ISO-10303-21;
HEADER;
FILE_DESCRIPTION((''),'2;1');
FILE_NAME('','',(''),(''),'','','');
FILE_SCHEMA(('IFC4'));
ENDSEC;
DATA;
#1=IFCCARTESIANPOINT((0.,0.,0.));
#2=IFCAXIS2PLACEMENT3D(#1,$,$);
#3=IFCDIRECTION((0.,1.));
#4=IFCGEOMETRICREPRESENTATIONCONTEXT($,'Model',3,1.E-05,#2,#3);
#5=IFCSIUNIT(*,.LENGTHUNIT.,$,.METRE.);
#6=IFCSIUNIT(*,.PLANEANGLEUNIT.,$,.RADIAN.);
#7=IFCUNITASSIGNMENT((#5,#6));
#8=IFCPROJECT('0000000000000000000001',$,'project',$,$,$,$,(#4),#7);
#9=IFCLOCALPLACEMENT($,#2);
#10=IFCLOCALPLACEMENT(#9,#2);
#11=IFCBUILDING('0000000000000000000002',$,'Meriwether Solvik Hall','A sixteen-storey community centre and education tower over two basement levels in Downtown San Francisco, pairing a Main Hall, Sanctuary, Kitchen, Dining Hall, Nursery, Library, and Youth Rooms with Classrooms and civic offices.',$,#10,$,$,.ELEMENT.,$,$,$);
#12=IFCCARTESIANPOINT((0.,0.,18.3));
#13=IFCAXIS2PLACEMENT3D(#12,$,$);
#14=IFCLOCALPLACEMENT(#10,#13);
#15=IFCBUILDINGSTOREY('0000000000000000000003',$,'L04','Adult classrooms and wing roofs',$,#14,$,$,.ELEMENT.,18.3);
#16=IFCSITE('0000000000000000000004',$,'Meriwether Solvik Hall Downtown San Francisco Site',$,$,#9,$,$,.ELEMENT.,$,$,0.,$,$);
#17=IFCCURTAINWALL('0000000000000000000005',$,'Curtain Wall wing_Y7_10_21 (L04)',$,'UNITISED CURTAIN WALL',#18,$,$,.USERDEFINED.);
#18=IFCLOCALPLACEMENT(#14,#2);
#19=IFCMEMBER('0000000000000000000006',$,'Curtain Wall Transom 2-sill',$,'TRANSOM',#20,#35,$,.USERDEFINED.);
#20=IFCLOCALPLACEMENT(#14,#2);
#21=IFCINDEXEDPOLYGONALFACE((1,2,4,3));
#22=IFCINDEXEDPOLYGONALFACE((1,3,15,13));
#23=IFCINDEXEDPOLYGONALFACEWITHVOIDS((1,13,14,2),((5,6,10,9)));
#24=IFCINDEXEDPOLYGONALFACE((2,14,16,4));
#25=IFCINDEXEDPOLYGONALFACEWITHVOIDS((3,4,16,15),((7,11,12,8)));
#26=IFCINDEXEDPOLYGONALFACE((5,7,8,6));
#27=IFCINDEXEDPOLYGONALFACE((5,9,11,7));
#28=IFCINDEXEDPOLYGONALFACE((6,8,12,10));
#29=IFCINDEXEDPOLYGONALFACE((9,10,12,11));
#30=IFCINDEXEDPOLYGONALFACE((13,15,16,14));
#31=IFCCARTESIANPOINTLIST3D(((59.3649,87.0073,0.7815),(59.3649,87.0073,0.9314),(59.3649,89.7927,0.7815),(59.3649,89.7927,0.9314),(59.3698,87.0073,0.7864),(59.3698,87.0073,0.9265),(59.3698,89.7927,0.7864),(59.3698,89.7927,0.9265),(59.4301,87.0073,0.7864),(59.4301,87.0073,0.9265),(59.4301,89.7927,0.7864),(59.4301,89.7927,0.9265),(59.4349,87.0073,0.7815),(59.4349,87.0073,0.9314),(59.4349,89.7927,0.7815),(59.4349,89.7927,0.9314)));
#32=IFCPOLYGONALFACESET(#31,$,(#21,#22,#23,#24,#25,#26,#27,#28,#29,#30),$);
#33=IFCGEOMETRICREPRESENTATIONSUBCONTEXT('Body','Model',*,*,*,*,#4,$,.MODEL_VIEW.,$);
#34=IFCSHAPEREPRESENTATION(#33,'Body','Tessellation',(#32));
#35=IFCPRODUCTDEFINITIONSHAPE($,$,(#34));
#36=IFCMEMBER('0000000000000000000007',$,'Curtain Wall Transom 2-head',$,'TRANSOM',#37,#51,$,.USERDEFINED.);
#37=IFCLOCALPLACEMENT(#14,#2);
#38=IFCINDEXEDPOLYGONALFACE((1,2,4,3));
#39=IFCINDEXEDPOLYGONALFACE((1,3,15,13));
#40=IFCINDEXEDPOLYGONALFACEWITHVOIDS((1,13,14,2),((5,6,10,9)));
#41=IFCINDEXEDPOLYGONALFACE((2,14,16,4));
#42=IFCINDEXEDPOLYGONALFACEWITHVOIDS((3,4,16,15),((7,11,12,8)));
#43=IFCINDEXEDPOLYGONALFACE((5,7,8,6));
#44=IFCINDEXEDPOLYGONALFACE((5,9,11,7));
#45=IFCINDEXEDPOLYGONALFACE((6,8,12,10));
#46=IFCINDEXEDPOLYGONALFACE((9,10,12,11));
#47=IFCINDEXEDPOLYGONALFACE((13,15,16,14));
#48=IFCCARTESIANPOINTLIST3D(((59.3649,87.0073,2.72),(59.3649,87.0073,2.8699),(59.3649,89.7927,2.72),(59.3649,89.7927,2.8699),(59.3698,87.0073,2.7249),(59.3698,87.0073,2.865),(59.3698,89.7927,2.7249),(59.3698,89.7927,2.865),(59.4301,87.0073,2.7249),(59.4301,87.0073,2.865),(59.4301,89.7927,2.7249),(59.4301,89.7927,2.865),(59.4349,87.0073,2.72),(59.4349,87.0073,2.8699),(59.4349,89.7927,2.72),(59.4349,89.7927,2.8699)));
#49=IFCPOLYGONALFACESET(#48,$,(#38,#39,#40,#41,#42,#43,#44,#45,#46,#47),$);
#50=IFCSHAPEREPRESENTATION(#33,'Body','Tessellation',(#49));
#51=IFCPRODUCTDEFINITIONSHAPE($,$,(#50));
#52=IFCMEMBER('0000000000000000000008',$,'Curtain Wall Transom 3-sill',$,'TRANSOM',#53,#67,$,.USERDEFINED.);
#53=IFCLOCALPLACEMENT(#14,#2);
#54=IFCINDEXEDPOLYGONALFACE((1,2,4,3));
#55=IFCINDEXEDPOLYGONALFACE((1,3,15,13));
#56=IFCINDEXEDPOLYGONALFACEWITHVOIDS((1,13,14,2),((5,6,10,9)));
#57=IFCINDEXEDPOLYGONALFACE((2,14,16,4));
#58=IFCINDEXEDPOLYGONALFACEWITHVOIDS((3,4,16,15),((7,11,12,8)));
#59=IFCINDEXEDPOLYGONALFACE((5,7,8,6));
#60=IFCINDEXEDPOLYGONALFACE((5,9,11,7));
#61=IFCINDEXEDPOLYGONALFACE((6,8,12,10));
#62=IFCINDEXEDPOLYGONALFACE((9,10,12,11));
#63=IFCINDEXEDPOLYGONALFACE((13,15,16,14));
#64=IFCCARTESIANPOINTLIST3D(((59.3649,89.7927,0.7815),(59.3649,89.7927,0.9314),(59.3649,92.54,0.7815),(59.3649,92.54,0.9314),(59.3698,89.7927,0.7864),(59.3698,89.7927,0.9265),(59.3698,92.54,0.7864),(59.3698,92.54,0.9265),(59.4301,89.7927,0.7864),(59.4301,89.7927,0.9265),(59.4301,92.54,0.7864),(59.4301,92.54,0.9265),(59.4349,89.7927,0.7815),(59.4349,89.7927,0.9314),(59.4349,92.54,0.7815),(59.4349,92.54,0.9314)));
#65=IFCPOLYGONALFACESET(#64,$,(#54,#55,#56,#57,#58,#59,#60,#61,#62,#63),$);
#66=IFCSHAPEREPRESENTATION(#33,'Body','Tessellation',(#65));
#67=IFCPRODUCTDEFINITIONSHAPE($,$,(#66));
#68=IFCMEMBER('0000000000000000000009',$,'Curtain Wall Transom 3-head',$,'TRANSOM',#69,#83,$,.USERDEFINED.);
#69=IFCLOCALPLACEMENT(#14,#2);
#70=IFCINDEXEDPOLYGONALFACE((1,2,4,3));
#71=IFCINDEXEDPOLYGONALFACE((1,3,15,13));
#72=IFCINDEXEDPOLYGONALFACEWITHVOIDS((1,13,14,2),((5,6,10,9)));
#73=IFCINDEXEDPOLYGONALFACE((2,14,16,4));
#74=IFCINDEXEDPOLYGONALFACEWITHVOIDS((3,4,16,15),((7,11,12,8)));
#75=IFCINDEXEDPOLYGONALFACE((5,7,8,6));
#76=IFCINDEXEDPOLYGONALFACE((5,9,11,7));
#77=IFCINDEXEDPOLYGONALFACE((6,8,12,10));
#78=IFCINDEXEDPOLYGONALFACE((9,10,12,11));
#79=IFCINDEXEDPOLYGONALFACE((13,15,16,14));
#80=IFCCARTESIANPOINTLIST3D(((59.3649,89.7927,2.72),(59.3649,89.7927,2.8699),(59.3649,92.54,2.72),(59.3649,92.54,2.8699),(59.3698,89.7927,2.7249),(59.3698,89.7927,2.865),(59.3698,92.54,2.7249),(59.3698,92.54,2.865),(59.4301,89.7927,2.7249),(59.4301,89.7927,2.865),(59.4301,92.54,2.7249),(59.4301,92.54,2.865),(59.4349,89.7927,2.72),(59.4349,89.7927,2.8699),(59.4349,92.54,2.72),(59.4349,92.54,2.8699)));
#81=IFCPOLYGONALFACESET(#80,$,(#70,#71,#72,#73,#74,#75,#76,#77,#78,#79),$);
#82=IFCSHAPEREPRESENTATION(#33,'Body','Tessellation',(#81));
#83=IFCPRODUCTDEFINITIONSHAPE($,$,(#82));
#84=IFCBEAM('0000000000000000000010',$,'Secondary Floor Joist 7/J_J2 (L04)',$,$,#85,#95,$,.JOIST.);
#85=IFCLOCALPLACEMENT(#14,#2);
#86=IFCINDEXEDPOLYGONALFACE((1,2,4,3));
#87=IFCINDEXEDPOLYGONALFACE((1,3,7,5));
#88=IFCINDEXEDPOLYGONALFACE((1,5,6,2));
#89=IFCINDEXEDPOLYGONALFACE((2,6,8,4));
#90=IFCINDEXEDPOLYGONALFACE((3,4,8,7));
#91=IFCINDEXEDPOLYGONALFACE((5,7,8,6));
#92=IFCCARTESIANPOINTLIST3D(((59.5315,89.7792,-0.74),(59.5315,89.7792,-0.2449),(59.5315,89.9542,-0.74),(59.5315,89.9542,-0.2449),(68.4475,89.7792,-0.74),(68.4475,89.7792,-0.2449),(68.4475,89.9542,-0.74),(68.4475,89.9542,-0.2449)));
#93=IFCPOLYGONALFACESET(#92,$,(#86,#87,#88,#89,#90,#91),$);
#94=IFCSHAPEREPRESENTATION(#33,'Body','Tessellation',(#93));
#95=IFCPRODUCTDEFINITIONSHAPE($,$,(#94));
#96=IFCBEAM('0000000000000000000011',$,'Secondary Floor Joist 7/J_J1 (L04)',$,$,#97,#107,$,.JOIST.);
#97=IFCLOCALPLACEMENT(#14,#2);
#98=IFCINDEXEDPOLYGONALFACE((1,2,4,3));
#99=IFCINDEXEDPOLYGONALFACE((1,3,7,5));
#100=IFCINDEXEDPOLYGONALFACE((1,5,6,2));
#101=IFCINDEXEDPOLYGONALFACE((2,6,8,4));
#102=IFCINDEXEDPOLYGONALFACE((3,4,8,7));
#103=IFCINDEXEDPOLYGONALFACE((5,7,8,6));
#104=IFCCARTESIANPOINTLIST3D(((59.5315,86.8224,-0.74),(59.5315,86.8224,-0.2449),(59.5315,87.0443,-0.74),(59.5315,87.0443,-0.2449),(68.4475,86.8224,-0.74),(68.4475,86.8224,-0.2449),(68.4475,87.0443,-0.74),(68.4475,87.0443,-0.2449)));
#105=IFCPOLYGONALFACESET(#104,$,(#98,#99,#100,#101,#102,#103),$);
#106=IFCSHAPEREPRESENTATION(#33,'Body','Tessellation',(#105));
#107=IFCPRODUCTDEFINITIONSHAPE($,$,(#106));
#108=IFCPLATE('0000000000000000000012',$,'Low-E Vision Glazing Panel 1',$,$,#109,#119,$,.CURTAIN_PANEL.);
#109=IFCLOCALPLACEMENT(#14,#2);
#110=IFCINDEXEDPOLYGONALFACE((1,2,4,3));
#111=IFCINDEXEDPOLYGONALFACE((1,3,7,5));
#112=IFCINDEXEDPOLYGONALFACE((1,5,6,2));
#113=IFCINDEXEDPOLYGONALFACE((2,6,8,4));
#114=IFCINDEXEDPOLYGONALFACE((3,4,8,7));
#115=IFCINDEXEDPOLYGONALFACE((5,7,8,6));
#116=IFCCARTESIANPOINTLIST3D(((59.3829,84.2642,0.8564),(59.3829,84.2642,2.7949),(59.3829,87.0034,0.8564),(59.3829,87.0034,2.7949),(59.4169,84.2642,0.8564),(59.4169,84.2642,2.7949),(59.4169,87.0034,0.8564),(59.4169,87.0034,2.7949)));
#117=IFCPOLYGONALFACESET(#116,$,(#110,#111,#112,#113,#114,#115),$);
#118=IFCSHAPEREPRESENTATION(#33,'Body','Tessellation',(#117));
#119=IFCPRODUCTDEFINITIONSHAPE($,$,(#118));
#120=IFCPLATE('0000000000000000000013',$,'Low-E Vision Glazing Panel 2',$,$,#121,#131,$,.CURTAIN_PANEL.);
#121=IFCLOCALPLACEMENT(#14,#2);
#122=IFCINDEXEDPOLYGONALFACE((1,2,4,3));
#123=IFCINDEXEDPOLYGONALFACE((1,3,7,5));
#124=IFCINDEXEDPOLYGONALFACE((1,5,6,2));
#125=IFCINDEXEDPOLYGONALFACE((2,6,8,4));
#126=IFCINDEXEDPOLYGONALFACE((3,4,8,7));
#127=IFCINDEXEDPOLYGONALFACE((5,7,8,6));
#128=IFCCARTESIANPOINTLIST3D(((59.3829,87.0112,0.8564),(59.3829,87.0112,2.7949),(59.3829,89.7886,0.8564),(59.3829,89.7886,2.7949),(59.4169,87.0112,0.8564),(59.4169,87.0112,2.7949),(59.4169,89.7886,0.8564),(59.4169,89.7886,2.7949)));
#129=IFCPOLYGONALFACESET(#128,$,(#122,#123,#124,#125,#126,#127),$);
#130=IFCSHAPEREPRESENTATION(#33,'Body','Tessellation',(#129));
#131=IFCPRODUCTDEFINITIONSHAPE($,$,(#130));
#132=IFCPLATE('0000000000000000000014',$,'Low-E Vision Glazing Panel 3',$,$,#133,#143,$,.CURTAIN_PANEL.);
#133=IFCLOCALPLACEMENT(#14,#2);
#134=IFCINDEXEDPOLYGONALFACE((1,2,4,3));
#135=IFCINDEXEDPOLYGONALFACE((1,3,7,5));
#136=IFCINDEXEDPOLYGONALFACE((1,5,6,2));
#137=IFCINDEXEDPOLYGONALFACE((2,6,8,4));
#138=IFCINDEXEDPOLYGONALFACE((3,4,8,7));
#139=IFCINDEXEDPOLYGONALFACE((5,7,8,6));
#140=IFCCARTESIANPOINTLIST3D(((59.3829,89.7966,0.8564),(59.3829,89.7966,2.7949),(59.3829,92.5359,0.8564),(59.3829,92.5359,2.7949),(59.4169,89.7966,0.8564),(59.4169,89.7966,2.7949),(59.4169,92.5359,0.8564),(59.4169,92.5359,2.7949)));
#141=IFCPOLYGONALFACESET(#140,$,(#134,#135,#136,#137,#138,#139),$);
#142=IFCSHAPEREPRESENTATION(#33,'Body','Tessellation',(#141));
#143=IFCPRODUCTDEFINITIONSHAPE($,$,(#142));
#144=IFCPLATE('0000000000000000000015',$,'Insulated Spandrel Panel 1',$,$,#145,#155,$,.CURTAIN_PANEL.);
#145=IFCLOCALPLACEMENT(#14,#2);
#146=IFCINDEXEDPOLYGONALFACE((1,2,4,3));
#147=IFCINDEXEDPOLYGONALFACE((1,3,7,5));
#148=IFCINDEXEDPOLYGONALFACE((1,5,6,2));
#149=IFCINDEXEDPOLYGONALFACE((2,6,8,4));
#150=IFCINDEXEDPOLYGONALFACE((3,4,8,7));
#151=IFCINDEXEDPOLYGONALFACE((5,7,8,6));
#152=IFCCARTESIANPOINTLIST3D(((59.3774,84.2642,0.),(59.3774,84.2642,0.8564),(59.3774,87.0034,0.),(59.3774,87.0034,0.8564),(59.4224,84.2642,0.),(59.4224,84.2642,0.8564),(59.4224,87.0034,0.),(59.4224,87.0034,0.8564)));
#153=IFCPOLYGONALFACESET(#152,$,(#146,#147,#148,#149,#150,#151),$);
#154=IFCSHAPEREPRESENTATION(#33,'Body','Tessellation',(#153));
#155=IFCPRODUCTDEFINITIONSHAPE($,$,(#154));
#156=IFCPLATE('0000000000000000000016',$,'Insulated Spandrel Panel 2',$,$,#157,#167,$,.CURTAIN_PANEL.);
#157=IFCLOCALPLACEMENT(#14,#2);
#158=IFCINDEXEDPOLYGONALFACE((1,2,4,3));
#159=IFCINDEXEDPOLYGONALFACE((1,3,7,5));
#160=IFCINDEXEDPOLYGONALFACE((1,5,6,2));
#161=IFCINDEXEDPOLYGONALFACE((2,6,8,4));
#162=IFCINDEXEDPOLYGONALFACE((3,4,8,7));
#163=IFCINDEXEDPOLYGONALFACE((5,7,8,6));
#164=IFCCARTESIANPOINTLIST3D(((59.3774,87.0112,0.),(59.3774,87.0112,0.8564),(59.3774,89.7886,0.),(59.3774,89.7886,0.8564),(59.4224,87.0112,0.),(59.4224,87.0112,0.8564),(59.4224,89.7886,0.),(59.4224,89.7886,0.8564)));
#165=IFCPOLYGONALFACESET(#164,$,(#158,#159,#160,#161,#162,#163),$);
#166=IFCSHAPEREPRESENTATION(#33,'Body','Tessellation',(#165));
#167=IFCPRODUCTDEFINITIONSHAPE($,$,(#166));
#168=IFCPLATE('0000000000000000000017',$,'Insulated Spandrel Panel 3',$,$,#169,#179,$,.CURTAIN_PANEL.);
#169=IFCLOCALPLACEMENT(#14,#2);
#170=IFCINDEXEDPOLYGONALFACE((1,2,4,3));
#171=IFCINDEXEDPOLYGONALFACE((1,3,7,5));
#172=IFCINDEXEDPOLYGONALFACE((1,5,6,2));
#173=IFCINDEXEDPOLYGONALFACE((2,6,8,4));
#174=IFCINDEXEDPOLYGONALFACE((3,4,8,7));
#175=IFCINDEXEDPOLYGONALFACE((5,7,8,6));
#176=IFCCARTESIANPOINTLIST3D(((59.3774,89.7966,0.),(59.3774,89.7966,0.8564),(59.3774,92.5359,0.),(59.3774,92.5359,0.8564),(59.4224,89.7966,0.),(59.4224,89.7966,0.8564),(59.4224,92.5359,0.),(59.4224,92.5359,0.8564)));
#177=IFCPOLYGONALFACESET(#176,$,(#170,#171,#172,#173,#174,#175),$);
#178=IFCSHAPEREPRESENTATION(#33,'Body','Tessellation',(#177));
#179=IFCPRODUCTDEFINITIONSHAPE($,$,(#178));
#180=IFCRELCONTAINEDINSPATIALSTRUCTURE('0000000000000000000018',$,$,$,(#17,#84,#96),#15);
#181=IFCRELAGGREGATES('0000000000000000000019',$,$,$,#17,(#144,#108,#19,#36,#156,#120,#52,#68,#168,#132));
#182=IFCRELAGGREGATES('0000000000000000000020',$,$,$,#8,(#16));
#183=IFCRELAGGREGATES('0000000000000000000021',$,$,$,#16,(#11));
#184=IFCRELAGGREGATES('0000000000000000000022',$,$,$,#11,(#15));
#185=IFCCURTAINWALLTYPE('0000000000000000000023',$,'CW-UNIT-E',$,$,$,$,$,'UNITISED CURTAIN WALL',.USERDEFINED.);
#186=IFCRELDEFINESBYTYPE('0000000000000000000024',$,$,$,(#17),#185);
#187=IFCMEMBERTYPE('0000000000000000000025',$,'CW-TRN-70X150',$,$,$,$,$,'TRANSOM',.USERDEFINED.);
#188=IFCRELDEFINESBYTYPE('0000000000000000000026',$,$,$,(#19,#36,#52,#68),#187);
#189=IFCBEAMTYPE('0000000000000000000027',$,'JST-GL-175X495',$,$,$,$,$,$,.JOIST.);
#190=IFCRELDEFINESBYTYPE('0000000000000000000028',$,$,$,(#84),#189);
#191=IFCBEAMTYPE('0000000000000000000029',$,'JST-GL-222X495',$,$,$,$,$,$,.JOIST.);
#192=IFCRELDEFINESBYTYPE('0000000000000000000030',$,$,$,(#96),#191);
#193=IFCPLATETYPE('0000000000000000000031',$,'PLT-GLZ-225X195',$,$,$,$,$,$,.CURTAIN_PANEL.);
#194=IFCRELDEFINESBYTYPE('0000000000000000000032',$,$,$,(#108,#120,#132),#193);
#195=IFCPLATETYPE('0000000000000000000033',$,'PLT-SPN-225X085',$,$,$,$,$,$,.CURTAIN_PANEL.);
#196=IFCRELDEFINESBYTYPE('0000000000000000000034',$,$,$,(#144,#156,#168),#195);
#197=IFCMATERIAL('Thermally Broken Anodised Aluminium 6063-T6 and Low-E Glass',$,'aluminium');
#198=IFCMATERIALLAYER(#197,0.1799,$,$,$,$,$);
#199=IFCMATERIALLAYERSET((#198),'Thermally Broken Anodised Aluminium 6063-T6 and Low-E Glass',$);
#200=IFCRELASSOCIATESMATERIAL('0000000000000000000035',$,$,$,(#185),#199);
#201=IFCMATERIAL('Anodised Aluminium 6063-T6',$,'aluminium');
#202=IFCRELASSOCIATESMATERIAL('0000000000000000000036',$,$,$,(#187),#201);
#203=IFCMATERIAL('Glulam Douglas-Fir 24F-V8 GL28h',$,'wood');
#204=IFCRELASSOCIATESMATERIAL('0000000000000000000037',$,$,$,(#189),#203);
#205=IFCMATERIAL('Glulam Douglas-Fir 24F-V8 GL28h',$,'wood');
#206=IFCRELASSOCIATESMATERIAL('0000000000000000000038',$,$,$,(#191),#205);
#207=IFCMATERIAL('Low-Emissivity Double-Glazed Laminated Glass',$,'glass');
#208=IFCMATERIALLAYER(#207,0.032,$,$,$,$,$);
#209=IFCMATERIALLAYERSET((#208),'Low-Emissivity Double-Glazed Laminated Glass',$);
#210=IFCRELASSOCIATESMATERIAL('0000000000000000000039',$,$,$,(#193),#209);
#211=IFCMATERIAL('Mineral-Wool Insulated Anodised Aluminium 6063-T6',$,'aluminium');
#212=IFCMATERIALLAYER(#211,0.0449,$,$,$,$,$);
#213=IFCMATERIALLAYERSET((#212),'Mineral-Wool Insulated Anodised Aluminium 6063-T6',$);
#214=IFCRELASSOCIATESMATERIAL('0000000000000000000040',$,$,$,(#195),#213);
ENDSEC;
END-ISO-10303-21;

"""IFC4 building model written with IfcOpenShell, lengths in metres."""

from ifc_helpers import new_model, si_unit, direction, frame, origin, origin_2d, place, context, subcontext, project, spatial, rectangle, hollow_rectangle, extrude, material, layer, layer_set, material_profile, profile_set, type_object, element, aggregate, save


model = new_model("IFC4")

# Units and contexts
model_context = context("Model", 3, precision=1e-05, world=origin(), true_north=direction((0.0, 1.0)))
body_context = subcontext(model_context, "Body", "Model", "MODEL_VIEW")
ifc_project = project(units=[si_unit("LENGTHUNIT", "METRE"), si_unit("PLANEANGLEUNIT", "RADIAN")], contexts=[model_context])

# Site, building, storey
site_placement = place(None, origin())
site = spatial("IfcSite", under=ifc_project, at=site_placement, Name="Meriwether Solvik Hall Downtown San Francisco Site", CompositionType="ELEMENT", RefElevation=0.0)
building_placement = place(site_placement, origin())
building = spatial("IfcBuilding", under=site, at=building_placement, Name="Meriwether Solvik Hall", Description="A sixteen-storey community centre and education tower over two basement levels in Downtown San Francisco, pairing a Main Hall, Sanctuary, Kitchen, Dining Hall, Nursery, Library, and Youth Rooms with Classrooms and civic offices.", CompositionType="ELEMENT")
storey_placement = place(building_placement, frame((0.0, 0.0, 18.3)))
storey = spatial("IfcBuildingStorey", under=building, at=storey_placement, Name="L04", Description="Adult classrooms and wing roofs", CompositionType="ELEMENT", Elevation=18.3)

# Curtain wall, members
ifc_material_1 = material(Name="Thermally Broken Anodised Aluminium 6063-T6 and Low-E Glass", Category="aluminium")
ifc_layer_1 = layer(ifc_material_1, 0.1799)
ifc_layer_set_1 = layer_set([ifc_layer_1], Name="Thermally Broken Anodised Aluminium 6063-T6 and Low-E Glass")
curtain_wall_type = type_object("IfcCurtainWallType", Name="CW-UNIT-E", ElementType="UNITISED CURTAIN WALL", PredefinedType="USERDEFINED", material=ifc_layer_set_1)
curtain_wall_placement = place(storey_placement, origin())
curtain_wall = element("IfcCurtainWall", 1, at=curtain_wall_placement, inside=storey, type_object=curtain_wall_type, Name="Curtain Wall wing_Y7_10_21 (L04)", ObjectType="UNITISED CURTAIN WALL", PredefinedType="USERDEFINED")
ifc_material_2 = material(Name="Anodised Aluminium 6063-T6", Category="aluminium")
ifc_material_profile_1 = material_profile(ifc_material_2, hollow_rectangle(XDim=0.0701, YDim=0.1499, WallThickness=0.0049, at=origin_2d()), Name="CWT-70X150")
ifc_profile_set_1 = profile_set([ifc_material_profile_1], Name="Anodised Aluminium 6063-T6")
member_type_1 = type_object("IfcMemberType", Name="CW-TRN-70X150", ElementType="TRANSOM", PredefinedType="USERDEFINED", material=ifc_profile_set_1)
member_1_placement = place(storey_placement, frame((59.3999, 87.0073, 0.8564), z_axis=(0.0, 1.0, 0.0), x_axis=(-1.0, 0.0, 0.0)))
member_1 = element("IfcMember", 2, at=member_1_placement, type_object=member_type_1, Name="Curtain Wall Transom 2-sill", ObjectType="TRANSOM", PredefinedType="USERDEFINED", context=body_context, shape_type="SweptSolid", body=[
    extrude(hollow_rectangle(XDim=0.0701, YDim=0.1499, WallThickness=0.0049, at=origin_2d()), origin(), (0.0, 0.0, 1.0), 2.7854),
])
member_2_placement = place(storey_placement, frame((59.3999, 87.0073, 2.7949), z_axis=(0.0, 1.0, 0.0), x_axis=(-1.0, 0.0, 0.0)))
member_2 = element("IfcMember", 3, at=member_2_placement, type_object=member_type_1, Name="Curtain Wall Transom 2-head", ObjectType="TRANSOM", PredefinedType="USERDEFINED", context=body_context, shape_type="SweptSolid", body=[
    extrude(hollow_rectangle(XDim=0.0701, YDim=0.1499, WallThickness=0.0049, at=origin_2d()), origin(), (0.0, 0.0, 1.0), 2.7854),
])
member_3_placement = place(storey_placement, frame((59.3999, 89.7927, 0.8564), z_axis=(0.0, 1.0, 0.0), x_axis=(-1.0, 0.0, 0.0)))
member_3 = element("IfcMember", 4, at=member_3_placement, type_object=member_type_1, Name="Curtain Wall Transom 3-sill", ObjectType="TRANSOM", PredefinedType="USERDEFINED", context=body_context, shape_type="SweptSolid", body=[
    extrude(hollow_rectangle(XDim=0.0701, YDim=0.1499, WallThickness=0.0049, at=origin_2d()), origin(), (0.0, 0.0, 1.0), 2.7473),
])
member_4_placement = place(storey_placement, frame((59.3999, 89.7927, 2.7949), z_axis=(0.0, 1.0, 0.0), x_axis=(-1.0, 0.0, 0.0)))
member_4 = element("IfcMember", 5, at=member_4_placement, type_object=member_type_1, Name="Curtain Wall Transom 3-head", ObjectType="TRANSOM", PredefinedType="USERDEFINED", context=body_context, shape_type="SweptSolid", body=[
    extrude(hollow_rectangle(XDim=0.0701, YDim=0.1499, WallThickness=0.0049, at=origin_2d()), origin(), (0.0, 0.0, 1.0), 2.7473),
])

# Beams
ifc_material_3 = material(Name="Glulam Douglas-Fir 24F-V8 GL28h", Category="wood")
ifc_material_profile_2 = material_profile(ifc_material_3, rectangle(XDim=0.175, YDim=0.4951, at=origin_2d()), Name="GLJ-175X495")
ifc_profile_set_2 = profile_set([ifc_material_profile_2], Name="Glulam Douglas-Fir 24F-V8 GL28h")
beam_type_1 = type_object("IfcBeamType", Name="JST-GL-175X495", PredefinedType="JOIST", material=ifc_profile_set_2)
beam_1_placement = place(storey_placement, frame((59.5315, 89.8667, -0.4924), z_axis=(1.0, 0.0, 0.0), x_axis=(0.0, 1.0, 0.0)))
element("IfcBeam", 6, at=beam_1_placement, inside=storey, type_object=beam_type_1, Name="Secondary Floor Joist 7/J_J2 (L04)", PredefinedType="JOIST", context=body_context, shape_type="SweptSolid", body=[
    extrude(rectangle(XDim=0.175, YDim=0.4951, at=origin_2d()), origin(), (0.0, 0.0, 1.0), 8.916),
])
ifc_material_4 = material(Name="Glulam Douglas-Fir 24F-V8 GL28h", Category="wood")
ifc_material_profile_3 = material_profile(ifc_material_4, rectangle(XDim=0.2219, YDim=0.4951, at=origin_2d()), Name="GLJ-222X495")
ifc_profile_set_3 = profile_set([ifc_material_profile_3], Name="Glulam Douglas-Fir 24F-V8 GL28h")
beam_type_2 = type_object("IfcBeamType", Name="JST-GL-222X495", PredefinedType="JOIST", material=ifc_profile_set_3)
beam_2_placement = place(storey_placement, frame((59.5315, 86.9333, -0.4924), z_axis=(1.0, 0.0, 0.0), x_axis=(0.0, 1.0, 0.0)))
element("IfcBeam", 7, at=beam_2_placement, inside=storey, type_object=beam_type_2, Name="Secondary Floor Joist 7/J_J1 (L04)", PredefinedType="JOIST", context=body_context, shape_type="SweptSolid", body=[
    extrude(rectangle(XDim=0.2219, YDim=0.4951, at=origin_2d()), origin(), (0.0, 0.0, 1.0), 8.916),
])

# Plates
ifc_material_5 = material(Name="Low-Emissivity Double-Glazed Laminated Glass", Category="glass")
ifc_layer_2 = layer(ifc_material_5, 0.032)
ifc_layer_set_2 = layer_set([ifc_layer_2], Name="Low-Emissivity Double-Glazed Laminated Glass")
plate_type_1 = type_object("IfcPlateType", Name="PLT-GLZ-225X195", PredefinedType="CURTAIN_PANEL", material=ifc_layer_set_2)
plate_1_placement = place(storey_placement, frame((59.3999, 85.6338, 0.8564), z_axis=(0.0, 0.0, 1.0), x_axis=(0.0, 1.0, 0.0)))
plate_1 = element("IfcPlate", 8, at=plate_1_placement, type_object=plate_type_1, Name="Low-E Vision Glazing Panel 1", PredefinedType="CURTAIN_PANEL", context=body_context, shape_type="SweptSolid", body=[
    extrude(rectangle(XDim=2.7393, YDim=0.0339, at=origin_2d()), origin(), (0.0, 0.0, 1.0), 1.9385),
])
plate_2_placement = place(storey_placement, frame((59.3999, 88.3999, 0.8564), z_axis=(0.0, 0.0, 1.0), x_axis=(0.0, 1.0, 0.0)))
plate_2 = element("IfcPlate", 9, at=plate_2_placement, type_object=plate_type_1, Name="Low-E Vision Glazing Panel 2", PredefinedType="CURTAIN_PANEL", context=body_context, shape_type="SweptSolid", body=[
    extrude(rectangle(XDim=2.7773, YDim=0.0339, at=origin_2d()), origin(), (0.0, 0.0, 1.0), 1.9385),
])
plate_3_placement = place(storey_placement, frame((59.3999, 91.1663, 0.8564), z_axis=(0.0, 0.0, 1.0), x_axis=(0.0, 1.0, 0.0)))
plate_3 = element("IfcPlate", 10, at=plate_3_placement, type_object=plate_type_1, Name="Low-E Vision Glazing Panel 3", PredefinedType="CURTAIN_PANEL", context=body_context, shape_type="SweptSolid", body=[
    extrude(rectangle(XDim=2.7393, YDim=0.0339, at=origin_2d()), origin(), (0.0, 0.0, 1.0), 1.9385),
])
ifc_material_6 = material(Name="Mineral-Wool Insulated Anodised Aluminium 6063-T6", Category="aluminium")
ifc_layer_3 = layer(ifc_material_6, 0.0449)
ifc_layer_set_3 = layer_set([ifc_layer_3], Name="Mineral-Wool Insulated Anodised Aluminium 6063-T6")
plate_type_2 = type_object("IfcPlateType", Name="PLT-SPN-225X085", PredefinedType="CURTAIN_PANEL", material=ifc_layer_set_3)
plate_4_placement = place(storey_placement, frame((59.3999, 85.6338, 0.0), z_axis=(0.0, 0.0, 1.0), x_axis=(0.0, 1.0, 0.0)))
plate_4 = element("IfcPlate", 11, at=plate_4_placement, type_object=plate_type_2, Name="Insulated Spandrel Panel 1", PredefinedType="CURTAIN_PANEL", context=body_context, shape_type="SweptSolid", body=[
    extrude(rectangle(XDim=2.7393, YDim=0.0449, at=origin_2d()), origin(), (0.0, 0.0, 1.0), 0.8564),
])
plate_5_placement = place(storey_placement, frame((59.3999, 88.3999, 0.0), z_axis=(0.0, 0.0, 1.0), x_axis=(0.0, 1.0, 0.0)))
plate_5 = element("IfcPlate", 12, at=plate_5_placement, type_object=plate_type_2, Name="Insulated Spandrel Panel 2", PredefinedType="CURTAIN_PANEL", context=body_context, shape_type="SweptSolid", body=[
    extrude(rectangle(XDim=2.7773, YDim=0.0449, at=origin_2d()), origin(), (0.0, 0.0, 1.0), 0.8564),
])
plate_6_placement = place(storey_placement, frame((59.3999, 91.1663, 0.0), z_axis=(0.0, 0.0, 1.0), x_axis=(0.0, 1.0, 0.0)))
plate_6 = element("IfcPlate", 13, at=plate_6_placement, type_object=plate_type_2, Name="Insulated Spandrel Panel 3", PredefinedType="CURTAIN_PANEL", context=body_context, shape_type="SweptSolid", body=[
    extrude(rectangle(XDim=2.7393, YDim=0.0449, at=origin_2d()), origin(), (0.0, 0.0, 1.0), 0.8564),
])
aggregate(curtain_wall, [plate_4, plate_1, member_1, member_2, plate_5, plate_2, member_3, member_4, plate_6, plate_3])

save(model, "model.ifc")
